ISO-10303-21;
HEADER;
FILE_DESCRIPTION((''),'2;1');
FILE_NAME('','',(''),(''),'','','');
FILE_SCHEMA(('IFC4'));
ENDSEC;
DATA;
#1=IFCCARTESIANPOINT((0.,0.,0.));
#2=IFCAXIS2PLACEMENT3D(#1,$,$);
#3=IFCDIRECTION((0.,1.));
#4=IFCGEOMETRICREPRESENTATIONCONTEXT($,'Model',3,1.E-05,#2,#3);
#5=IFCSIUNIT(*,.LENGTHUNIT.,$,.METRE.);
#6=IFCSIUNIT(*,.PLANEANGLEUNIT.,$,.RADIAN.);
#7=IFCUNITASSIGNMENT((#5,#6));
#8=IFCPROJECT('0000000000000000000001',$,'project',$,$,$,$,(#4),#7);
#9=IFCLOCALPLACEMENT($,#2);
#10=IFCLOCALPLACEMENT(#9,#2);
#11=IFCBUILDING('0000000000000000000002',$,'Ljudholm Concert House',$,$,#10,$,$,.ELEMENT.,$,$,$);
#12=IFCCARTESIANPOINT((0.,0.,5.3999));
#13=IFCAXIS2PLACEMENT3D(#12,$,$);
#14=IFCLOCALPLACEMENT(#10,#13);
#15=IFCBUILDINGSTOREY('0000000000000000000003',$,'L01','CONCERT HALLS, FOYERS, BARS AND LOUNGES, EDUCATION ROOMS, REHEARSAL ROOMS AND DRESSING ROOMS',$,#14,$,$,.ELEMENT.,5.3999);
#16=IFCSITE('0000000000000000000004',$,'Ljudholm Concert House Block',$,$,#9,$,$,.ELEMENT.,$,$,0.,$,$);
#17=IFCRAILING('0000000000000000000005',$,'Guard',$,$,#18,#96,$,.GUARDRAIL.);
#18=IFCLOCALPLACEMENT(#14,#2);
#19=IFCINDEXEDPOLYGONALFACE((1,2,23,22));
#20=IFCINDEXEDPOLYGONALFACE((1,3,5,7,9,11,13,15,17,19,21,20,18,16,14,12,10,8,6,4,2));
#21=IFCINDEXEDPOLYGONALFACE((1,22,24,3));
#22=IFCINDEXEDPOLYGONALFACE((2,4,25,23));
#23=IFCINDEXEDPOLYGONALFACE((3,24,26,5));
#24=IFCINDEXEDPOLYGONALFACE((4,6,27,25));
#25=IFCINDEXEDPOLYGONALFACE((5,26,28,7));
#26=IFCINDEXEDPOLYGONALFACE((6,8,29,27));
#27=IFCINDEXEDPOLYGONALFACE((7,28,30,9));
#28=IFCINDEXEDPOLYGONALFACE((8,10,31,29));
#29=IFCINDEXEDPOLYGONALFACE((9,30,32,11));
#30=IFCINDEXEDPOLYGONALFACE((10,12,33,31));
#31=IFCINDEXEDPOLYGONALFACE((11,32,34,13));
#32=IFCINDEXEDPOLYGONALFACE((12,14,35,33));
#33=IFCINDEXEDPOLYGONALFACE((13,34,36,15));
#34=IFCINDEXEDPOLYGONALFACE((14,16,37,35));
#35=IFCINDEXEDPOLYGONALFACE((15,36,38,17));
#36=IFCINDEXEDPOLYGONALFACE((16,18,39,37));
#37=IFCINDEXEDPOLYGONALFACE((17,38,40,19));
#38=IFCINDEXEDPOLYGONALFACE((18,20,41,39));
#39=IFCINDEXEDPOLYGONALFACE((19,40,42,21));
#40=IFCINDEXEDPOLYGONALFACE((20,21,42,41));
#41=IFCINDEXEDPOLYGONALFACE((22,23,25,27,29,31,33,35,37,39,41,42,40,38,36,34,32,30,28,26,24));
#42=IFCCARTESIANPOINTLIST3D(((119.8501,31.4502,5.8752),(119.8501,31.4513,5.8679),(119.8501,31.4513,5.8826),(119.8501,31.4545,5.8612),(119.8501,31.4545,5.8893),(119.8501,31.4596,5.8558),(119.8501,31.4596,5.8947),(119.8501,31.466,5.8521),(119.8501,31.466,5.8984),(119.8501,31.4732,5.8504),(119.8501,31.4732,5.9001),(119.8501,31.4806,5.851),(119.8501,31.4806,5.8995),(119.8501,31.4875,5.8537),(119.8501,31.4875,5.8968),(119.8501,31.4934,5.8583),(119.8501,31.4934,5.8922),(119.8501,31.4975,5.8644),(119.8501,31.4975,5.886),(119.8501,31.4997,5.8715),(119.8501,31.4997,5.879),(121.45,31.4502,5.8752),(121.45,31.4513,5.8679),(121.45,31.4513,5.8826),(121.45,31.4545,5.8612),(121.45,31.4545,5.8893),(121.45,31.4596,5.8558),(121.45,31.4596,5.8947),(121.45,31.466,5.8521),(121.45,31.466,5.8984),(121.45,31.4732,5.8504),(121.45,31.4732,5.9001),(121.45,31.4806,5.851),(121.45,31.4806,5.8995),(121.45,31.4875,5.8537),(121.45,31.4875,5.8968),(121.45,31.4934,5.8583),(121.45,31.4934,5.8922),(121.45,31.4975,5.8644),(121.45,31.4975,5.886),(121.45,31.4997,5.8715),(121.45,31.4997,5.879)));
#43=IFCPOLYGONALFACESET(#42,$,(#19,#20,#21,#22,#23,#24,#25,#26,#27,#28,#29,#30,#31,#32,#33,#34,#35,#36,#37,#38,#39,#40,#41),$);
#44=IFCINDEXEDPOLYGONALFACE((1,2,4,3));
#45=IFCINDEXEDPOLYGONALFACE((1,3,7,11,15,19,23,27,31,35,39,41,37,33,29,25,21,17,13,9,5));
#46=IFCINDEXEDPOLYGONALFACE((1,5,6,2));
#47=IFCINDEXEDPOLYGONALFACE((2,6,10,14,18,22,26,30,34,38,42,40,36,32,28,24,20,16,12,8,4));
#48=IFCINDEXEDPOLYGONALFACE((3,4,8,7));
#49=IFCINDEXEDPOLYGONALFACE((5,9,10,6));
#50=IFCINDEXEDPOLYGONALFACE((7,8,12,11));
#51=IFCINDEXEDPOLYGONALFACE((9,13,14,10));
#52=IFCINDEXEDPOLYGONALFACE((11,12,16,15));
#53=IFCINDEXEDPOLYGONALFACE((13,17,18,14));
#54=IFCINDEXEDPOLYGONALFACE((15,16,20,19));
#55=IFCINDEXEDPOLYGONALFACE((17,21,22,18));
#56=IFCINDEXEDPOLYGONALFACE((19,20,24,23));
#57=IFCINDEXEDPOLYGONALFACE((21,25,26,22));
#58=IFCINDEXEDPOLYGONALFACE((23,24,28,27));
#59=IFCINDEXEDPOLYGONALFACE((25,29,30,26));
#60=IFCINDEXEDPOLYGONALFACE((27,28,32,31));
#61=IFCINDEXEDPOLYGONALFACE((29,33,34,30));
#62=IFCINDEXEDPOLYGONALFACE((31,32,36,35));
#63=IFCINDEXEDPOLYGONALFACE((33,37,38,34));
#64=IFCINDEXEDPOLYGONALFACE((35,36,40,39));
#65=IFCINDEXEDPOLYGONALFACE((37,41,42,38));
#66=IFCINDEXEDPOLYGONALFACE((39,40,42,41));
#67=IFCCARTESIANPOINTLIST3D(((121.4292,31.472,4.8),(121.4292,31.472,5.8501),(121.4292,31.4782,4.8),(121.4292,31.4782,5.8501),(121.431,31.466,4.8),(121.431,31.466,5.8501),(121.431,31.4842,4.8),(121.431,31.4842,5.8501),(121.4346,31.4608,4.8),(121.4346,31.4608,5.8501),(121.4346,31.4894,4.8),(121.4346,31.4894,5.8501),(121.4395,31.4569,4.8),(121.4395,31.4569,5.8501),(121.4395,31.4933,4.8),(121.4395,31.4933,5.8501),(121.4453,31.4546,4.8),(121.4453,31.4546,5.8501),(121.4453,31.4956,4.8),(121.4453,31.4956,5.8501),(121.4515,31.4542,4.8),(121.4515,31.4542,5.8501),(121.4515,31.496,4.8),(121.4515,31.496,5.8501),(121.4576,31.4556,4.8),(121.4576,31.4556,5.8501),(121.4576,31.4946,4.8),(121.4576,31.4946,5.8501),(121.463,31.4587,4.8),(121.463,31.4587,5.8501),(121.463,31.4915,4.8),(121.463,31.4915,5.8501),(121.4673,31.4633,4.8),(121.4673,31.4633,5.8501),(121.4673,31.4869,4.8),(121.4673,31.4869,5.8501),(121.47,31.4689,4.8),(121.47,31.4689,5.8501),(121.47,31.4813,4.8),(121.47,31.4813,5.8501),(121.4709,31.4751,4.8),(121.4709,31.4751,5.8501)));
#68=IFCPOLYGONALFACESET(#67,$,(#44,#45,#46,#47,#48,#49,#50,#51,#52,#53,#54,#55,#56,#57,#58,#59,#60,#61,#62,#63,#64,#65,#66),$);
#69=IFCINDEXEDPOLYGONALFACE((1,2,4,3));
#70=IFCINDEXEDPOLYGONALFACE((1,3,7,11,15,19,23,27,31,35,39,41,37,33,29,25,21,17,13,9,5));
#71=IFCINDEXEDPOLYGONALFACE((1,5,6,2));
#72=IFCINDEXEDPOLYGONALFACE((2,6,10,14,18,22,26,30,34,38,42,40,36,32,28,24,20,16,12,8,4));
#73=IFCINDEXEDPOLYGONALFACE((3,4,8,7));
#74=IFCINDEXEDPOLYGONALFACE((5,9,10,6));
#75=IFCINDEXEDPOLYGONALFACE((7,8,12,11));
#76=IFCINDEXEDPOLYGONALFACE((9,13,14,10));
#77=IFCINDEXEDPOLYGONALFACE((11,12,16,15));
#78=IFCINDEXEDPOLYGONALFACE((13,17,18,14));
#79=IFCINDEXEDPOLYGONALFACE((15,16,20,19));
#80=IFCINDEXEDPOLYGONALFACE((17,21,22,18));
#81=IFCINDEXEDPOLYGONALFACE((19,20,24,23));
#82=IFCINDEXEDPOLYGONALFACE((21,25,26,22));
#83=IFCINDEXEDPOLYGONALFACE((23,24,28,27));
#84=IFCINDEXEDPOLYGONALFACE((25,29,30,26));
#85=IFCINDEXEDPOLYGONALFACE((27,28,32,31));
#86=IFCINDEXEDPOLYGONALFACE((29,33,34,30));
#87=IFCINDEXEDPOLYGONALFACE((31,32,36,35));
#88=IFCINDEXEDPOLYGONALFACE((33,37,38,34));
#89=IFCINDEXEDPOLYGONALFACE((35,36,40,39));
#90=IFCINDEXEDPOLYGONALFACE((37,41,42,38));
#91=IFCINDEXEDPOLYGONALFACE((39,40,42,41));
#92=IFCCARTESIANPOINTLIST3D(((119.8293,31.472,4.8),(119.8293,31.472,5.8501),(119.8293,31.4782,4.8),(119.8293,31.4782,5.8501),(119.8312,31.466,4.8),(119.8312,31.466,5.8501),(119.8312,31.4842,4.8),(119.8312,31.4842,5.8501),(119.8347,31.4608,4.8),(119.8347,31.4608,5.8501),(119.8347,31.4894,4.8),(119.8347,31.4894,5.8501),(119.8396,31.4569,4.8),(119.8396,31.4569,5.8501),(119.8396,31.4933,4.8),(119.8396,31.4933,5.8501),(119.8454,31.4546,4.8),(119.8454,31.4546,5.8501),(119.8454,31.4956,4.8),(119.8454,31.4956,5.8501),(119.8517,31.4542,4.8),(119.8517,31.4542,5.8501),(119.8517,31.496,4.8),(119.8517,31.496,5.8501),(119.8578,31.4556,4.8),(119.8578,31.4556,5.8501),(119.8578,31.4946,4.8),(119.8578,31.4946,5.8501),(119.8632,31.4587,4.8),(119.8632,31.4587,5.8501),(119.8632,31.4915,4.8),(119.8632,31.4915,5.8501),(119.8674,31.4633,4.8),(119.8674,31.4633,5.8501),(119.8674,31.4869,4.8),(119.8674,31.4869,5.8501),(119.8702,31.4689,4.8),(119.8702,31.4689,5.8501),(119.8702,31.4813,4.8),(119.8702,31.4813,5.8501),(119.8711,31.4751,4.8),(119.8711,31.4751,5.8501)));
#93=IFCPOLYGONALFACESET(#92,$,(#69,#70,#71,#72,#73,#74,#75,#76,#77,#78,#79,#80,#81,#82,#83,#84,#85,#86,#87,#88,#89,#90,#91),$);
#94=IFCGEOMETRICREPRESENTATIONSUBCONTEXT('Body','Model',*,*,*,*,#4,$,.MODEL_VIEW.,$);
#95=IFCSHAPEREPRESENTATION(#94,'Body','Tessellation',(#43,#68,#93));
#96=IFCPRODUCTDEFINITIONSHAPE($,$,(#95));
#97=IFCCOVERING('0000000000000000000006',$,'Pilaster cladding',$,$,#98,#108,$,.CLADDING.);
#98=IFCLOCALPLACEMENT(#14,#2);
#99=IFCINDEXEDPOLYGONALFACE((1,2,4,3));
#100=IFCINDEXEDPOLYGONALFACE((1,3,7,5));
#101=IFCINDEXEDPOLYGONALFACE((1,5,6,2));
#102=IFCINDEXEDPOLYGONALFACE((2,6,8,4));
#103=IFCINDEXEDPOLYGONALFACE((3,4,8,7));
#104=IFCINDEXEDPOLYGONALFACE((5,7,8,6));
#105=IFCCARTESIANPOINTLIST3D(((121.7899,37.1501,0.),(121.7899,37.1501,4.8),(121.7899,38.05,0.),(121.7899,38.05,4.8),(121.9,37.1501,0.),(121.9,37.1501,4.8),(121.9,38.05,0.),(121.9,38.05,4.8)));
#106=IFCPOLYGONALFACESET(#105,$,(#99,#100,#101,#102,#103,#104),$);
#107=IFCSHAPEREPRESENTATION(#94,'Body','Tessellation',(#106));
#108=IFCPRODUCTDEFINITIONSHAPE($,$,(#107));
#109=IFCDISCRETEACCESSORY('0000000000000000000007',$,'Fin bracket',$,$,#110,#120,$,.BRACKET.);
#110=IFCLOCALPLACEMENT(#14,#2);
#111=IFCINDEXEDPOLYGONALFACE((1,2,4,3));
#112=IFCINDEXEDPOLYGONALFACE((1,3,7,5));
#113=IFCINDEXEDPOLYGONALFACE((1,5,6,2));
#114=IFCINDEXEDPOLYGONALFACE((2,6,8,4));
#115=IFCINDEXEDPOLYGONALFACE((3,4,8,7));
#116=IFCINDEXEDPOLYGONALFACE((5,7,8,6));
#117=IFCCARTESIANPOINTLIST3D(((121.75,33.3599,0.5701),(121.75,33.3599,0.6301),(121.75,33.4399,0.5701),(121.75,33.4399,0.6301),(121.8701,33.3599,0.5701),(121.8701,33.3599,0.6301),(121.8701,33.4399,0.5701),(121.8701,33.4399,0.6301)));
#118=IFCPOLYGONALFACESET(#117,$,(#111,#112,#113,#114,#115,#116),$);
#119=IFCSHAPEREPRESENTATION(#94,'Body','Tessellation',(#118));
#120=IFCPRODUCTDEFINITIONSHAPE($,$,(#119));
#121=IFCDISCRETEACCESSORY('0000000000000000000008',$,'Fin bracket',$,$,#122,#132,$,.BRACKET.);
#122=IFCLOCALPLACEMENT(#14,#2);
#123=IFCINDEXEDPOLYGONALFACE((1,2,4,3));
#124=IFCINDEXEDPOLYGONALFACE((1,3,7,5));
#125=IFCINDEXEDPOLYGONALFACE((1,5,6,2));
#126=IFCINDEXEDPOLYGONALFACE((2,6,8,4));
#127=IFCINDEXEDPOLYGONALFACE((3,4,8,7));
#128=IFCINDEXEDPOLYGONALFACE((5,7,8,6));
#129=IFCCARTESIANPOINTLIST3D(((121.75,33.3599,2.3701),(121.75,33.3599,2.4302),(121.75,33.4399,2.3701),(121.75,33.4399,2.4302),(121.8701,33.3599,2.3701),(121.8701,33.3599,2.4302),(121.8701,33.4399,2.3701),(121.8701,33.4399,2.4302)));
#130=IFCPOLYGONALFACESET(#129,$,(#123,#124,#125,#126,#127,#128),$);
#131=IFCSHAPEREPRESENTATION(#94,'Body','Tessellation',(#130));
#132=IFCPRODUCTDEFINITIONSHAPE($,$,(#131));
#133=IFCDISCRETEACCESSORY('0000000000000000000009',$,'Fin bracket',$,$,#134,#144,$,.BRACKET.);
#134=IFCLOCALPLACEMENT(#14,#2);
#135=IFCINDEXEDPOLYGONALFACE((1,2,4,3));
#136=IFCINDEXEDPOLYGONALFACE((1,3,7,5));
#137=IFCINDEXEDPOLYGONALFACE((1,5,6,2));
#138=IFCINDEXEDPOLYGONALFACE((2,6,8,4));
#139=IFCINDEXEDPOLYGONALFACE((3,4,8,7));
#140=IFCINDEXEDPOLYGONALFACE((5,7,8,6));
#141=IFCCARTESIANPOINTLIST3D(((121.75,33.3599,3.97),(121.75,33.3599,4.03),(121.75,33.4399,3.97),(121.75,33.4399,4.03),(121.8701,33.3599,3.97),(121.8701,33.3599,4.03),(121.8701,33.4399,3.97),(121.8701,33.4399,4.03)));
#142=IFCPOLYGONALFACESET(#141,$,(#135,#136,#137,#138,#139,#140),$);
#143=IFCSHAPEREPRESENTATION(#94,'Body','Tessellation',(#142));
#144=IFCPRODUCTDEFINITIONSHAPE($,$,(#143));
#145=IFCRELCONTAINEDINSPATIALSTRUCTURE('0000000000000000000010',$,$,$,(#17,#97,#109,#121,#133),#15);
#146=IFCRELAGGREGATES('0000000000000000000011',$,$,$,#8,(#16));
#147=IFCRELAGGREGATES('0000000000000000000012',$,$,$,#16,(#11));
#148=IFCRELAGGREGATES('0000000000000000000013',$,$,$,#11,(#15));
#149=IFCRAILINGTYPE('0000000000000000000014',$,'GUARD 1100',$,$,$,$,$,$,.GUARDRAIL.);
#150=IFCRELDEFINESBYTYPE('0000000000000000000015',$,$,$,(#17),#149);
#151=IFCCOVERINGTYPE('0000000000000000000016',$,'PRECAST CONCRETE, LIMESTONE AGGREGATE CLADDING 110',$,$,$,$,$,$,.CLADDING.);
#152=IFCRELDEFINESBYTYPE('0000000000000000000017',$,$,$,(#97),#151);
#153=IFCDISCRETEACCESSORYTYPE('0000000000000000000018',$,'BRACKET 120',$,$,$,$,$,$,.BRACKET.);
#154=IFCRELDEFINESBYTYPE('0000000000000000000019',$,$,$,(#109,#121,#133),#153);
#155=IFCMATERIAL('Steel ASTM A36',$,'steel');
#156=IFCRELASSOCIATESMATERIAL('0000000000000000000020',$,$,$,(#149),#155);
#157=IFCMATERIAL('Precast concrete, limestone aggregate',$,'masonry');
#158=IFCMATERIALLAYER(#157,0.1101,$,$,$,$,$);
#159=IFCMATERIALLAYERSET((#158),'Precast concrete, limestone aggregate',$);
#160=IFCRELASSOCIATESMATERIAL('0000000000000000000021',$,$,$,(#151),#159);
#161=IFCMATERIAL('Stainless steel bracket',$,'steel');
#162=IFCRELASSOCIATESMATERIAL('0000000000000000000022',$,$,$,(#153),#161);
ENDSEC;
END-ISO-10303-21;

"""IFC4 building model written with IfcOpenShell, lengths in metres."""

from ifc_helpers import new_model, si_unit, direction, frame, origin, origin_2d, place, context, subcontext, project, spatial, rectangle, circle, extrude, material, layer, layer_set, type_object, element, save


model = new_model("IFC4")

# Units and contexts
model_context = context("Model", 3, precision=1e-05, world=origin(), true_north=direction((0.0, 1.0)))
body_context = subcontext(model_context, "Body", "Model", "MODEL_VIEW")
ifc_project = project(units=[si_unit("LENGTHUNIT", "METRE"), si_unit("PLANEANGLEUNIT", "RADIAN")], contexts=[model_context])

# Site, building, storey
site_placement = place(None, origin())
site = spatial("IfcSite", under=ifc_project, at=site_placement, Name="Ljudholm Concert House Block", CompositionType="ELEMENT", RefElevation=0.0)
building_placement = place(site_placement, origin())
building = spatial("IfcBuilding", under=site, at=building_placement, Name="Ljudholm Concert House", CompositionType="ELEMENT")
storey_placement = place(building_placement, frame((0.0, 0.0, 5.3999)))
storey = spatial("IfcBuildingStorey", under=building, at=storey_placement, Name="L01", Description="CONCERT HALLS, FOYERS, BARS AND LOUNGES, EDUCATION ROOMS, REHEARSAL ROOMS AND DRESSING ROOMS", CompositionType="ELEMENT", Elevation=5.3999)

# Railing
ifc_material_1 = material(Name="Steel ASTM A36", Category="steel")
railing_type_1 = type_object("IfcRailingType", Name="GUARD 1100", PredefinedType="GUARDRAIL", material=ifc_material_1)
railing_1_placement = place(storey_placement, frame((121.45, 31.4751, 4.8)))
element("IfcRailing", 1, at=railing_1_placement, inside=storey, type_object=railing_type_1, Name="Guard", PredefinedType="GUARDRAIL", context=body_context, shape_type="SweptSolid", body=[
    extrude(circle(Radius=0.0249, at=origin_2d()), frame((0.0, 0.0, 1.0752), z_axis=(-1.0, 0.0, 0.0), x_axis=(0.0, -1.0, 0.0)), (0.0, 0.0, 1.0), 1.5999),
    extrude(circle(Radius=0.021, at=origin_2d()), origin(), (0.0, 0.0, 1.0), 1.05),
    extrude(circle(Radius=0.021, at=origin_2d()), frame((-1.5999, 0.0, 0.0)), (0.0, 0.0, 1.0), 1.05),
])

# Covering
ifc_material_2 = material(Name="Precast concrete, limestone aggregate", Category="masonry")
ifc_layer_1 = layer(ifc_material_2, 0.1101)
ifc_layer_set_1 = layer_set([ifc_layer_1], Name="Precast concrete, limestone aggregate")
covering_type = type_object("IfcCoveringType", Name="PRECAST CONCRETE, LIMESTONE AGGREGATE CLADDING 110", PredefinedType="CLADDING", material=ifc_layer_set_1)
covering_placement = place(storey_placement, frame((121.845, 37.6001, 0.0), z_axis=(0.0, 0.0, 1.0), x_axis=(1.0, 0.0, 0.0)))
element("IfcCovering", 2, at=covering_placement, inside=storey, type_object=covering_type, Name="Pilaster cladding", PredefinedType="CLADDING", context=body_context, shape_type="SweptSolid", body=[
    extrude(rectangle(XDim=0.1101, YDim=0.8999, at=origin_2d()), origin(), (0.0, 0.0, 1.0), 4.8),
])

# Discrete accessories
ifc_material_3 = material(Name="Stainless steel bracket", Category="steel")
discrete_accessory_type = type_object("IfcDiscreteAccessoryType", Name="BRACKET 120", PredefinedType="BRACKET", material=ifc_material_3)
for number, where, z_axis, x_axis, name in (
    (3, (121.8101, 33.3999, 0.5701), (0.0, 0.0, 1.0), (1.0, 0.0, 0.0), "Fin bracket"),
    (4, (121.8101, 33.3999, 2.3701), (0.0, 0.0, 1.0), (1.0, 0.0, 0.0), "Fin bracket"),
    (5, (121.8101, 33.3999, 3.97), (0.0, 0.0, 1.0), (1.0, 0.0, 0.0), "Fin bracket"),
):
    element("IfcDiscreteAccessory", number, at=place(storey_placement, frame(where, z_axis=z_axis, x_axis=x_axis)), inside=storey, type_object=discrete_accessory_type, Name=name, PredefinedType="BRACKET", context=body_context, shape_type="SweptSolid", body=[
        extrude(rectangle(XDim=0.1201, YDim=0.0801, at=origin_2d()), origin(), (0.0, 0.0, 1.0), 0.0601),
    ])

save(model, "model.ifc")
